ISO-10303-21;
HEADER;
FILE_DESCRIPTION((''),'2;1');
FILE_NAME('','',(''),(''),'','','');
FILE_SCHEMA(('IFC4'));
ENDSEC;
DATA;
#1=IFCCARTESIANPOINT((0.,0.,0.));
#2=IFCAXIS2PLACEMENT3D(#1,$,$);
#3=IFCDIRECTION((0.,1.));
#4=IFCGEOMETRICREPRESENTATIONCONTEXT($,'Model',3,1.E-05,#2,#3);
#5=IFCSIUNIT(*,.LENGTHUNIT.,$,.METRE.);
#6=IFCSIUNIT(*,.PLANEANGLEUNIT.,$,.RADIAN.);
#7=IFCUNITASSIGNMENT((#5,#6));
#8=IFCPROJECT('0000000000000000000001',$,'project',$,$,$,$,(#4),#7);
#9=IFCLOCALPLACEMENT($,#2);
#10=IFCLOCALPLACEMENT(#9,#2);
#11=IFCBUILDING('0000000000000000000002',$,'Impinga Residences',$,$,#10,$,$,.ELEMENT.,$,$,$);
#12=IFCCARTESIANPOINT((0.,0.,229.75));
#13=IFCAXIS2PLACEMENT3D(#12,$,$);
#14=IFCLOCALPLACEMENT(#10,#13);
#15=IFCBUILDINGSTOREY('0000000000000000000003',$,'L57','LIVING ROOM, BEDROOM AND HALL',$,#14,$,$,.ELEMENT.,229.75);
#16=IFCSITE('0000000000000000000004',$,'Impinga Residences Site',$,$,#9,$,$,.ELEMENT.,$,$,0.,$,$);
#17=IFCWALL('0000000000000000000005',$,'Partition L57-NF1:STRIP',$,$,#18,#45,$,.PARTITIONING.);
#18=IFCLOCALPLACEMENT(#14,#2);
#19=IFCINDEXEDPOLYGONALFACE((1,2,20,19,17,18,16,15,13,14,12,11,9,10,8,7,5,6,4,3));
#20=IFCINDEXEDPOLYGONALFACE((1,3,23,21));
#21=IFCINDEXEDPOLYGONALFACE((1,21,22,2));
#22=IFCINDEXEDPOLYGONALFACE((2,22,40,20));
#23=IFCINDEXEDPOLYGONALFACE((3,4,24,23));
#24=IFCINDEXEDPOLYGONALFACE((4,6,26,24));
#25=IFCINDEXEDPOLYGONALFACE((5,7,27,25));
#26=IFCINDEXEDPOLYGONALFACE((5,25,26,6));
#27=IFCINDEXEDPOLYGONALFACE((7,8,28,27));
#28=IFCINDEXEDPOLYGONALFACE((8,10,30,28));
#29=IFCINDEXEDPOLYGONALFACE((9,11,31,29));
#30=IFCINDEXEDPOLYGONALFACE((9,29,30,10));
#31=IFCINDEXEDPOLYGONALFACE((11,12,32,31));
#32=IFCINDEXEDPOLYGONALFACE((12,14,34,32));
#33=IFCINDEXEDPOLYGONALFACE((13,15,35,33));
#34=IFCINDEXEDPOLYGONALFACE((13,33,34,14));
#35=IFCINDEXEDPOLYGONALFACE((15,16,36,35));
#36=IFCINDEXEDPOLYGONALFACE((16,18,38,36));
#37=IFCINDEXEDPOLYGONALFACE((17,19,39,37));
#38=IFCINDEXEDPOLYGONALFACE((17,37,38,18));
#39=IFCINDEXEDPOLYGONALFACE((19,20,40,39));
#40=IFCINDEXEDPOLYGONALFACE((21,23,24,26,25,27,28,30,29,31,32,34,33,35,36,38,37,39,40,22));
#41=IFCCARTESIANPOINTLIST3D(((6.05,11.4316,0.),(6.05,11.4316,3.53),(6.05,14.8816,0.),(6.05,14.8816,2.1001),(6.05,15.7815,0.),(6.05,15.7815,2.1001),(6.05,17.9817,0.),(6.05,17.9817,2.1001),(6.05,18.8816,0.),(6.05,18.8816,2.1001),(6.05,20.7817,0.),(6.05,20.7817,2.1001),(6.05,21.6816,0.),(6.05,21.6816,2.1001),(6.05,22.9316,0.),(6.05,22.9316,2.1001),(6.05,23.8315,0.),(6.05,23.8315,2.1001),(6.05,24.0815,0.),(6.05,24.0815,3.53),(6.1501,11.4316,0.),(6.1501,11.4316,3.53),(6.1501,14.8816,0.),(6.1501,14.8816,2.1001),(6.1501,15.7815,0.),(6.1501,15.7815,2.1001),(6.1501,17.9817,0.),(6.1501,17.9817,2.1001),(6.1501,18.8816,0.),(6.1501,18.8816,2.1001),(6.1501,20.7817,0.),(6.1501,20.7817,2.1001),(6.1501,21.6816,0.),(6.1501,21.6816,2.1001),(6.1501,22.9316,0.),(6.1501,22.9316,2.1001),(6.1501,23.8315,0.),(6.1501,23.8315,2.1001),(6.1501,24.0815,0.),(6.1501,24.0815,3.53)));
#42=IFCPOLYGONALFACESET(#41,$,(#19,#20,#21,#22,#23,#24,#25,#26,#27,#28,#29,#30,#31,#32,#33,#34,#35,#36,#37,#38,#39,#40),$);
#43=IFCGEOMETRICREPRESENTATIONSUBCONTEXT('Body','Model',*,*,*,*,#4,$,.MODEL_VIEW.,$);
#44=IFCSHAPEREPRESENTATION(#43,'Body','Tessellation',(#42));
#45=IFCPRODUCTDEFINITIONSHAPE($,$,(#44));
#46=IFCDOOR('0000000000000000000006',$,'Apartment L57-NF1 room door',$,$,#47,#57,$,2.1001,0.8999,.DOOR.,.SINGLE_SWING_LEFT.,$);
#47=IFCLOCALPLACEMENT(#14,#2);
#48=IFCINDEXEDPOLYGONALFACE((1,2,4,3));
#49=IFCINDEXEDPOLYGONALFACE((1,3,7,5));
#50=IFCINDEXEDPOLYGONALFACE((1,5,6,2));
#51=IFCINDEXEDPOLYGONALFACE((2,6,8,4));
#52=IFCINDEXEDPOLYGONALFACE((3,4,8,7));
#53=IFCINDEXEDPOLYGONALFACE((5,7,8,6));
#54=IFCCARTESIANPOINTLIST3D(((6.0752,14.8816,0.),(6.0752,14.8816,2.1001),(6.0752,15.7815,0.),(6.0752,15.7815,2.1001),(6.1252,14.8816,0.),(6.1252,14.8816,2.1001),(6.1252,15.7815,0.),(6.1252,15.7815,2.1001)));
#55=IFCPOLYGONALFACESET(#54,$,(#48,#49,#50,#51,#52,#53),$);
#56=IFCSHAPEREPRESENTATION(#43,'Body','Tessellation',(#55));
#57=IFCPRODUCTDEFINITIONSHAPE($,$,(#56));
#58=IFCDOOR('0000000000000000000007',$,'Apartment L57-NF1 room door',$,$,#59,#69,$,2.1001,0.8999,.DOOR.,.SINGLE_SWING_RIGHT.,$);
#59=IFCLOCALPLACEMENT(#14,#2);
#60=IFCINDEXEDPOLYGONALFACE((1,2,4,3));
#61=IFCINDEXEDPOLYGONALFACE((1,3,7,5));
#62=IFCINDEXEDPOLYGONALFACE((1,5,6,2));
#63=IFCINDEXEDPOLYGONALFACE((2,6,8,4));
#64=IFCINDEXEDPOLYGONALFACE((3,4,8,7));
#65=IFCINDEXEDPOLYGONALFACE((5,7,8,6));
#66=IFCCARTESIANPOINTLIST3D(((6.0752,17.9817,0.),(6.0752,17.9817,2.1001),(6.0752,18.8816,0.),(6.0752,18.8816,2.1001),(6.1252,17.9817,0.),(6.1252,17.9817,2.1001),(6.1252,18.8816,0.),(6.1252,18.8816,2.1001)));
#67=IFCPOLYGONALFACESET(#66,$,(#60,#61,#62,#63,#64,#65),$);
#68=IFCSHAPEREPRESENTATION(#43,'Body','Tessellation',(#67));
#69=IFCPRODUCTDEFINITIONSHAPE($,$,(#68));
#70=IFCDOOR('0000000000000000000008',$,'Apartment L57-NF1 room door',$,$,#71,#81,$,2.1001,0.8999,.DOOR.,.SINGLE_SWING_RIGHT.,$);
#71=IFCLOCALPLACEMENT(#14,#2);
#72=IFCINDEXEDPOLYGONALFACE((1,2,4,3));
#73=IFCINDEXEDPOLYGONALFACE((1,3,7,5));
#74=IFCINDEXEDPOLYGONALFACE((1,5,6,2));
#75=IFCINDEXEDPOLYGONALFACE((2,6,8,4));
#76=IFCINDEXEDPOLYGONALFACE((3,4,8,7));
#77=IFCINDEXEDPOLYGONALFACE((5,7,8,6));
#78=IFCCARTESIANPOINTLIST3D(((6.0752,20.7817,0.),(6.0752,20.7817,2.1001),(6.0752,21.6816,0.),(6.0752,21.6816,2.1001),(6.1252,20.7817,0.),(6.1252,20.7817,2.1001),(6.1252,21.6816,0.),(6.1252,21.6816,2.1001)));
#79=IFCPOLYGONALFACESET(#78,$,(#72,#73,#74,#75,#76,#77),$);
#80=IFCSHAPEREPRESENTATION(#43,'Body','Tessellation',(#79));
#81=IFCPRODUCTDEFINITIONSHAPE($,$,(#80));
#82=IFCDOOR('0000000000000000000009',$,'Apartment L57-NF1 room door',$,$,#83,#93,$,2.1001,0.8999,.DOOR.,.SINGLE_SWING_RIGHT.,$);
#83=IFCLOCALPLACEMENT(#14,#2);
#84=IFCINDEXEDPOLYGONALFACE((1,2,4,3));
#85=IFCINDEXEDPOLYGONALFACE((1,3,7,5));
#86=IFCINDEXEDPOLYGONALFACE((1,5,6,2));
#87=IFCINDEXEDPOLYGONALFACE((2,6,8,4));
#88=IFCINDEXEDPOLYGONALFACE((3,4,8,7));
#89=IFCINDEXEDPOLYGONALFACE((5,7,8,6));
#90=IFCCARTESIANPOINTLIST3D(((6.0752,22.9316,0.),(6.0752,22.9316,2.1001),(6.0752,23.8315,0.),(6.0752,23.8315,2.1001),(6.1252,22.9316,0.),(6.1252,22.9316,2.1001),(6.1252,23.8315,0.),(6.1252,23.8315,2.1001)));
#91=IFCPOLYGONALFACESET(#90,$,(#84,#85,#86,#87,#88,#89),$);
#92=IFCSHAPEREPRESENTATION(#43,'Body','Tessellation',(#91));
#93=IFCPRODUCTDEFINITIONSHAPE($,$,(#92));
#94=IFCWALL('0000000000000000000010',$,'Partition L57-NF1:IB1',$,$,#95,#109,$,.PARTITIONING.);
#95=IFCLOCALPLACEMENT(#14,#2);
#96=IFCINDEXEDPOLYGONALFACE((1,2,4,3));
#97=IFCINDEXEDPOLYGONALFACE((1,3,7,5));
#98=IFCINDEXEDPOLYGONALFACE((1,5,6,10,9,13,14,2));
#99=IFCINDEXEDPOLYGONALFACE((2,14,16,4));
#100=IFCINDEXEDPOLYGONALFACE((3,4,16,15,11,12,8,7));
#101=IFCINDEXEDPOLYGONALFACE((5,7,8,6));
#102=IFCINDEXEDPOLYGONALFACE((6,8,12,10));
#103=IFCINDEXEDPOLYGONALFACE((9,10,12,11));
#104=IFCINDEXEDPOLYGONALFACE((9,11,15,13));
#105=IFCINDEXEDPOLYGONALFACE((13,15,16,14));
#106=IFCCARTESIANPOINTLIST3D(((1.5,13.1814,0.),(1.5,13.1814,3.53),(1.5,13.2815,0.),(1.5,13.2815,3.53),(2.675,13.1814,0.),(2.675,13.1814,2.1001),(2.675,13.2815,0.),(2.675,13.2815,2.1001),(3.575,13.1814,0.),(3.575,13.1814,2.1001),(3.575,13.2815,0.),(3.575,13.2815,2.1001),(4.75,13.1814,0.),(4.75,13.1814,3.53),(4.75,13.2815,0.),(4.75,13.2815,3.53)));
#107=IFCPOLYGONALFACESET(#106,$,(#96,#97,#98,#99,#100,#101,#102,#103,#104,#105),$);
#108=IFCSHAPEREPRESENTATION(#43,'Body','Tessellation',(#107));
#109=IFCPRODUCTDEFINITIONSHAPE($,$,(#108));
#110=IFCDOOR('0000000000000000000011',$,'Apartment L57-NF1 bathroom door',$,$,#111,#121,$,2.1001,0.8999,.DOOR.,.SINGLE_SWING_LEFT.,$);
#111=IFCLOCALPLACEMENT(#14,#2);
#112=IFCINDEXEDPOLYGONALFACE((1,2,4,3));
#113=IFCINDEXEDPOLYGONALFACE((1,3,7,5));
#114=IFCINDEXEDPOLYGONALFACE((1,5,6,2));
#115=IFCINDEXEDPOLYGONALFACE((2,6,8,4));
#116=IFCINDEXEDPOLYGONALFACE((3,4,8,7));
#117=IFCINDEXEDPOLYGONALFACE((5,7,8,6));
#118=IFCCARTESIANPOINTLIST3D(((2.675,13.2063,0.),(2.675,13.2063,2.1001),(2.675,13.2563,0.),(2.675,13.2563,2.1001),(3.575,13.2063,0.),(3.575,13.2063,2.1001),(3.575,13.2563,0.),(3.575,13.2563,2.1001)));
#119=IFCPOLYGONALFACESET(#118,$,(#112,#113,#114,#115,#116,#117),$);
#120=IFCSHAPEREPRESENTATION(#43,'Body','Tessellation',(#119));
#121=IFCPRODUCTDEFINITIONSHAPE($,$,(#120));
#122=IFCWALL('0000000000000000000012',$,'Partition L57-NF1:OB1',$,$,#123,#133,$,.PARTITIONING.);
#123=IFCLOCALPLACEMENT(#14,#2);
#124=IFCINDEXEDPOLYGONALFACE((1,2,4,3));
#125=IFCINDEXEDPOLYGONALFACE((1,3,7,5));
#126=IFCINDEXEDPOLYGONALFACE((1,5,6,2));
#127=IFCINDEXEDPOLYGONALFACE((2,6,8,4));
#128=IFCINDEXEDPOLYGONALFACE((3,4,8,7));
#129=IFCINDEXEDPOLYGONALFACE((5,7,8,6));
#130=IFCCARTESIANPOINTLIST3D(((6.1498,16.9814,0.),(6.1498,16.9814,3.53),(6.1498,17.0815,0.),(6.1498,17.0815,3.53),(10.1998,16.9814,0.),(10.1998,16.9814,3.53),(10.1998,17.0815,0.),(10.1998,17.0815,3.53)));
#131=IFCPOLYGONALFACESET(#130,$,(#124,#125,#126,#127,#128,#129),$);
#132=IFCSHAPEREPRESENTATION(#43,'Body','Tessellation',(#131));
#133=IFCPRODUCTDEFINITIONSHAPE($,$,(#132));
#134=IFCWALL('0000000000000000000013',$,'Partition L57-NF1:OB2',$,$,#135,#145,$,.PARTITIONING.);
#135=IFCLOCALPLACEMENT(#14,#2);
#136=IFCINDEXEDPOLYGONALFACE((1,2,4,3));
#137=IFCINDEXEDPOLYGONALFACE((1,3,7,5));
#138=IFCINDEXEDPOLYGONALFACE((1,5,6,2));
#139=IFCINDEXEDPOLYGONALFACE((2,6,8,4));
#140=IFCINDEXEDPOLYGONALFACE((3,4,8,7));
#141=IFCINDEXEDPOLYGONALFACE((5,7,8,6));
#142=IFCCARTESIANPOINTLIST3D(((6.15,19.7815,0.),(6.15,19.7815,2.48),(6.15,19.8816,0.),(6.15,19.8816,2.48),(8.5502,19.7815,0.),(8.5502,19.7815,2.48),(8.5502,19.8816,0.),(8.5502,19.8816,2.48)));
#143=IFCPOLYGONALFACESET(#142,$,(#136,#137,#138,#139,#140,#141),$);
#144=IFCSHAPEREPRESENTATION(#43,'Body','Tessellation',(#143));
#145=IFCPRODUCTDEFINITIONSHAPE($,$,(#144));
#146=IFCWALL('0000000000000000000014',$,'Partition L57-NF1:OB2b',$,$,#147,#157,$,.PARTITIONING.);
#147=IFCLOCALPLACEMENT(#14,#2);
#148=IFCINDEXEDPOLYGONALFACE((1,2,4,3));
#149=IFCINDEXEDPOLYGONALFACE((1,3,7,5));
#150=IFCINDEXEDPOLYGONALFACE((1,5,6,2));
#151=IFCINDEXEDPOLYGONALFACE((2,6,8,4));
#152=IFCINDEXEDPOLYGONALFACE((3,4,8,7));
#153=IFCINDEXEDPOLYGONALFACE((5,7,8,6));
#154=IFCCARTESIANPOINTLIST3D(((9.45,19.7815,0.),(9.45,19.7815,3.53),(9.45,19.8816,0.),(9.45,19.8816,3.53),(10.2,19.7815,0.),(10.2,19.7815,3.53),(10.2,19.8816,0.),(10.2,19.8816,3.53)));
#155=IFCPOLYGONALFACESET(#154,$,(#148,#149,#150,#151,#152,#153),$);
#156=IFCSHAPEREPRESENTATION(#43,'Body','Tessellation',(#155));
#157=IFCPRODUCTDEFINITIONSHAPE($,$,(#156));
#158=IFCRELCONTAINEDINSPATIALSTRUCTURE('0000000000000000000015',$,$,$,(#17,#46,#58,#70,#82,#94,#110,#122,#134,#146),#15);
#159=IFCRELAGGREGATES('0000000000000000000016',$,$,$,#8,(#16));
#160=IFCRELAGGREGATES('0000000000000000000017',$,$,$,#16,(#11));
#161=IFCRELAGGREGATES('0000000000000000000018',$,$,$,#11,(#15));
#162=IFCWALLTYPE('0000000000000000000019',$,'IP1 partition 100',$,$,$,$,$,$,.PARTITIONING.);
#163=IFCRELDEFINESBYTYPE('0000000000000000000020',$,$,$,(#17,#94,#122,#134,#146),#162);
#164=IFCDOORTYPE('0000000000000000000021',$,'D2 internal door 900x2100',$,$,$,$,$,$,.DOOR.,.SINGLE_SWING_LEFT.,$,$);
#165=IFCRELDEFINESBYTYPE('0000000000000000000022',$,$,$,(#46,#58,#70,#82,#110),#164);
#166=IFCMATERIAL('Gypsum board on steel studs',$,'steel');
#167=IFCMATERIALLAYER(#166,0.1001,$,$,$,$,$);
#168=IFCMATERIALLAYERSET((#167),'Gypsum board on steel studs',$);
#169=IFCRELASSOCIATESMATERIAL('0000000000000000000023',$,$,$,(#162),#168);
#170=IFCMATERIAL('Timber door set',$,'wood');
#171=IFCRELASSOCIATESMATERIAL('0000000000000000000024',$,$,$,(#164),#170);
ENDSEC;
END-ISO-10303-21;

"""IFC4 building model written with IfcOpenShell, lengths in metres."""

from ifc_helpers import new_model, si_unit, direction, frame, frame_2d, origin, place, context, subcontext, project, spatial, rectangle, extrude, material, layer, layer_set, type_object, element, fill, save


model = new_model("IFC4")

# Units and contexts
model_context = context("Model", 3, precision=1e-05, world=origin(), true_north=direction((0.0, 1.0)))
body_context = subcontext(model_context, "Body", "Model", "MODEL_VIEW")
ifc_project = project(units=[si_unit("LENGTHUNIT", "METRE"), si_unit("PLANEANGLEUNIT", "RADIAN")], contexts=[model_context])

# Site, building, storey
site_placement = place(None, origin())
site = spatial("IfcSite", under=ifc_project, at=site_placement, Name="Impinga Residences Site", CompositionType="ELEMENT", RefElevation=0.0)
building_placement = place(site_placement, origin())
building = spatial("IfcBuilding", under=site, at=building_placement, Name="Impinga Residences", CompositionType="ELEMENT")
storey_placement = place(building_placement, frame((0.0, 0.0, 229.75)))
storey = spatial("IfcBuildingStorey", under=building, at=storey_placement, Name="L57", Description="LIVING ROOM, BEDROOM AND HALL", CompositionType="ELEMENT", Elevation=229.75)

# Shared definitions
ifc_material_1 = material(Name="Gypsum board on steel studs", Category="steel")
ifc_layer_1 = layer(ifc_material_1, 0.1001)
ifc_layer_set_1 = layer_set([ifc_layer_1], Name="Gypsum board on steel studs")
wall_type_1 = type_object("IfcWallType", Name="IP1 partition 100", PredefinedType="PARTITIONING", material=ifc_layer_set_1)

# Wall, openings, doors
wall_1_placement = place(storey_placement, frame((6.1001, 11.4316, 0.0), z_axis=(0.0, 0.0, 1.0), x_axis=(0.0, 1.0, 0.0)))
wall_1 = element("IfcWall", 1, at=wall_1_placement, inside=storey, type_object=wall_type_1, Name="Partition L57-NF1:STRIP", PredefinedType="PARTITIONING", context=body_context, shape_type="SweptSolid", body=[
    extrude(rectangle(XDim=12.6499, YDim=0.1001, at=frame_2d((6.325, 0.0))), origin(), (0.0, 0.0, 1.0), 3.53),
])
opening_1_placement = place(wall_1_placement, frame((3.45, 0.0, 0.0)))
opening_1 = element("IfcOpeningElement", 2, at=opening_1_placement, cuts=wall_1, PredefinedType="OPENING", context=body_context, shape_type="SweptSolid", body=[
    extrude(rectangle(XDim=0.8999, YDim=2.1001, at=frame_2d((0.45, 1.05))), frame((0.0, 0.0601, 0.0), z_axis=(0.0, -1.0, 0.0), x_axis=(1.0, 0.0, 0.0)), (0.0, 0.0, 1.0), 0.1201),
])
opening_2_placement = place(wall_1_placement, frame((6.55, 0.0, 0.0)))
opening_2 = element("IfcOpeningElement", 3, at=opening_2_placement, cuts=wall_1, PredefinedType="OPENING", context=body_context, shape_type="SweptSolid", body=[
    extrude(rectangle(XDim=0.8999, YDim=2.1001, at=frame_2d((0.45, 1.05))), frame((0.0, 0.0601, 0.0), z_axis=(0.0, -1.0, 0.0), x_axis=(1.0, 0.0, 0.0)), (0.0, 0.0, 1.0), 0.1201),
])
opening_3_placement = place(wall_1_placement, frame((9.3501, 0.0, 0.0)))
opening_3 = element("IfcOpeningElement", 4, at=opening_3_placement, cuts=wall_1, PredefinedType="OPENING", context=body_context, shape_type="SweptSolid", body=[
    extrude(rectangle(XDim=0.8999, YDim=2.1001, at=frame_2d((0.45, 1.05))), frame((0.0, 0.0601, 0.0), z_axis=(0.0, -1.0, 0.0), x_axis=(1.0, 0.0, 0.0)), (0.0, 0.0, 1.0), 0.1201),
])
opening_4_placement = place(wall_1_placement, frame((11.5, 0.0, 0.0)))
opening_4 = element("IfcOpeningElement", 5, at=opening_4_placement, cuts=wall_1, PredefinedType="OPENING", context=body_context, shape_type="SweptSolid", body=[
    extrude(rectangle(XDim=0.8999, YDim=2.1001, at=frame_2d((0.45, 1.05))), frame((0.0, 0.0601, 0.0), z_axis=(0.0, -1.0, 0.0), x_axis=(1.0, 0.0, 0.0)), (0.0, 0.0, 1.0), 0.1201),
])
ifc_material_2 = material(Name="Timber door set", Category="wood")
door_type_1 = type_object("IfcDoorType", Name="D2 internal door 900x2100", OperationType="SINGLE_SWING_LEFT", PredefinedType="DOOR", material=ifc_material_2)
door_1_placement = place(opening_1_placement, origin())
door_1 = element("IfcDoor", 6, at=door_1_placement, inside=storey, type_object=door_type_1, Name="Apartment L57-NF1 room door", OperationType="SINGLE_SWING_LEFT", OverallHeight=2.1001, OverallWidth=0.8999, PredefinedType="DOOR", context=body_context, shape_type="SweptSolid", body=[
    extrude(rectangle(XDim=0.8999, YDim=2.1001, at=frame_2d((0.45, 1.05))), frame((0.0, 0.0249, 0.0), z_axis=(0.0, -1.0, 0.0), x_axis=(1.0, 0.0, 0.0)), (0.0, 0.0, 1.0), 0.05),
])
fill(opening_1, door_1)
door_2_placement = place(opening_2_placement, origin())
door_2 = element("IfcDoor", 7, at=door_2_placement, inside=storey, type_object=door_type_1, Name="Apartment L57-NF1 room door", OperationType="SINGLE_SWING_RIGHT", OverallHeight=2.1001, OverallWidth=0.8999, PredefinedType="DOOR", context=body_context, shape_type="SweptSolid", body=[
    extrude(rectangle(XDim=0.8999, YDim=2.1001, at=frame_2d((0.45, 1.05))), frame((0.0, 0.0249, 0.0), z_axis=(0.0, -1.0, 0.0), x_axis=(1.0, 0.0, 0.0)), (0.0, 0.0, 1.0), 0.05),
])
fill(opening_2, door_2)
door_3_placement = place(opening_3_placement, origin())
door_3 = element("IfcDoor", 8, at=door_3_placement, inside=storey, type_object=door_type_1, Name="Apartment L57-NF1 room door", OperationType="SINGLE_SWING_RIGHT", OverallHeight=2.1001, OverallWidth=0.8999, PredefinedType="DOOR", context=body_context, shape_type="SweptSolid", body=[
    extrude(rectangle(XDim=0.8999, YDim=2.1001, at=frame_2d((0.45, 1.05))), frame((0.0, 0.0249, 0.0), z_axis=(0.0, -1.0, 0.0), x_axis=(1.0, 0.0, 0.0)), (0.0, 0.0, 1.0), 0.05),
])
fill(opening_3, door_3)
door_4_placement = place(opening_4_placement, origin())
door_4 = element("IfcDoor", 9, at=door_4_placement, inside=storey, type_object=door_type_1, Name="Apartment L57-NF1 room door", OperationType="SINGLE_SWING_RIGHT", OverallHeight=2.1001, OverallWidth=0.8999, PredefinedType="DOOR", context=body_context, shape_type="SweptSolid", body=[
    extrude(rectangle(XDim=0.8999, YDim=2.1001, at=frame_2d((0.45, 1.05))), frame((0.0, 0.0249, 0.0), z_axis=(0.0, -1.0, 0.0), x_axis=(1.0, 0.0, 0.0)), (0.0, 0.0, 1.0), 0.05),
])
fill(opening_4, door_4)

# Wall, opening, door
wall_2_placement = place(storey_placement, frame((1.5, 13.2314, 0.0), z_axis=(0.0, 0.0, 1.0), x_axis=(1.0, 0.0, 0.0)))
wall_2 = element("IfcWall", 10, at=wall_2_placement, inside=storey, type_object=wall_type_1, Name="Partition L57-NF1:IB1", PredefinedType="PARTITIONING", context=body_context, shape_type="SweptSolid", body=[
    extrude(rectangle(XDim=3.25, YDim=0.1001, at=frame_2d((1.625, 0.0))), origin(), (0.0, 0.0, 1.0), 3.53),
])
opening_5_placement = place(wall_2_placement, frame((1.175, 0.0, 0.0)))
opening_5 = element("IfcOpeningElement", 11, at=opening_5_placement, cuts=wall_2, PredefinedType="OPENING", context=body_context, shape_type="SweptSolid", body=[
    extrude(rectangle(XDim=0.8999, YDim=2.1001, at=frame_2d((0.45, 1.05))), frame((0.0, 0.0601, 0.0), z_axis=(0.0, -1.0, 0.0), x_axis=(1.0, 0.0, 0.0)), (0.0, 0.0, 1.0), 0.1201),
])
door_5_placement = place(opening_5_placement, origin())
door_5 = element("IfcDoor", 12, at=door_5_placement, inside=storey, type_object=door_type_1, Name="Apartment L57-NF1 bathroom door", OperationType="SINGLE_SWING_LEFT", OverallHeight=2.1001, OverallWidth=0.8999, PredefinedType="DOOR", context=body_context, shape_type="SweptSolid", body=[
    extrude(rectangle(XDim=0.8999, YDim=2.1001, at=frame_2d((0.45, 1.05))), frame((0.0, 0.0249, 0.0), z_axis=(0.0, -1.0, 0.0), x_axis=(1.0, 0.0, 0.0)), (0.0, 0.0, 1.0), 0.05),
])
fill(opening_5, door_5)

# Walls
wall_3_placement = place(storey_placement, frame((6.1499, 17.0315, 0.0), z_axis=(0.0, 0.0, 1.0), x_axis=(1.0, 0.0, 0.0)))
element("IfcWall", 13, at=wall_3_placement, inside=storey, type_object=wall_type_1, Name="Partition L57-NF1:OB1", PredefinedType="PARTITIONING", context=body_context, shape_type="SweptSolid", body=[
    extrude(rectangle(XDim=4.05, YDim=0.1001, at=frame_2d((2.0249, 0.0))), origin(), (0.0, 0.0, 1.0), 3.53),
])
wall_4_placement = place(storey_placement, frame((6.1499, 19.8315, 0.0), z_axis=(0.0, 0.0, 1.0), x_axis=(1.0, 0.0, 0.0)))
element("IfcWall", 14, at=wall_4_placement, inside=storey, type_object=wall_type_1, Name="Partition L57-NF1:OB2", PredefinedType="PARTITIONING", context=body_context, shape_type="SweptSolid", body=[
    extrude(rectangle(XDim=2.4001, YDim=0.1001, at=frame_2d((1.2002, 0.0))), origin(), (0.0, 0.0, 1.0), 2.48),
])
wall_5_placement = place(storey_placement, frame((9.45, 19.8315, 0.0), z_axis=(0.0, 0.0, 1.0), x_axis=(1.0, 0.0, 0.0)))
element("IfcWall", 15, at=wall_5_placement, inside=storey, type_object=wall_type_1, Name="Partition L57-NF1:OB2b", PredefinedType="PARTITIONING", context=body_context, shape_type="SweptSolid", body=[
    extrude(rectangle(XDim=0.75, YDim=0.1001, at=frame_2d((0.375, 0.0))), origin(), (0.0, 0.0, 1.0), 3.53),
])

save(model, "model.ifc")
